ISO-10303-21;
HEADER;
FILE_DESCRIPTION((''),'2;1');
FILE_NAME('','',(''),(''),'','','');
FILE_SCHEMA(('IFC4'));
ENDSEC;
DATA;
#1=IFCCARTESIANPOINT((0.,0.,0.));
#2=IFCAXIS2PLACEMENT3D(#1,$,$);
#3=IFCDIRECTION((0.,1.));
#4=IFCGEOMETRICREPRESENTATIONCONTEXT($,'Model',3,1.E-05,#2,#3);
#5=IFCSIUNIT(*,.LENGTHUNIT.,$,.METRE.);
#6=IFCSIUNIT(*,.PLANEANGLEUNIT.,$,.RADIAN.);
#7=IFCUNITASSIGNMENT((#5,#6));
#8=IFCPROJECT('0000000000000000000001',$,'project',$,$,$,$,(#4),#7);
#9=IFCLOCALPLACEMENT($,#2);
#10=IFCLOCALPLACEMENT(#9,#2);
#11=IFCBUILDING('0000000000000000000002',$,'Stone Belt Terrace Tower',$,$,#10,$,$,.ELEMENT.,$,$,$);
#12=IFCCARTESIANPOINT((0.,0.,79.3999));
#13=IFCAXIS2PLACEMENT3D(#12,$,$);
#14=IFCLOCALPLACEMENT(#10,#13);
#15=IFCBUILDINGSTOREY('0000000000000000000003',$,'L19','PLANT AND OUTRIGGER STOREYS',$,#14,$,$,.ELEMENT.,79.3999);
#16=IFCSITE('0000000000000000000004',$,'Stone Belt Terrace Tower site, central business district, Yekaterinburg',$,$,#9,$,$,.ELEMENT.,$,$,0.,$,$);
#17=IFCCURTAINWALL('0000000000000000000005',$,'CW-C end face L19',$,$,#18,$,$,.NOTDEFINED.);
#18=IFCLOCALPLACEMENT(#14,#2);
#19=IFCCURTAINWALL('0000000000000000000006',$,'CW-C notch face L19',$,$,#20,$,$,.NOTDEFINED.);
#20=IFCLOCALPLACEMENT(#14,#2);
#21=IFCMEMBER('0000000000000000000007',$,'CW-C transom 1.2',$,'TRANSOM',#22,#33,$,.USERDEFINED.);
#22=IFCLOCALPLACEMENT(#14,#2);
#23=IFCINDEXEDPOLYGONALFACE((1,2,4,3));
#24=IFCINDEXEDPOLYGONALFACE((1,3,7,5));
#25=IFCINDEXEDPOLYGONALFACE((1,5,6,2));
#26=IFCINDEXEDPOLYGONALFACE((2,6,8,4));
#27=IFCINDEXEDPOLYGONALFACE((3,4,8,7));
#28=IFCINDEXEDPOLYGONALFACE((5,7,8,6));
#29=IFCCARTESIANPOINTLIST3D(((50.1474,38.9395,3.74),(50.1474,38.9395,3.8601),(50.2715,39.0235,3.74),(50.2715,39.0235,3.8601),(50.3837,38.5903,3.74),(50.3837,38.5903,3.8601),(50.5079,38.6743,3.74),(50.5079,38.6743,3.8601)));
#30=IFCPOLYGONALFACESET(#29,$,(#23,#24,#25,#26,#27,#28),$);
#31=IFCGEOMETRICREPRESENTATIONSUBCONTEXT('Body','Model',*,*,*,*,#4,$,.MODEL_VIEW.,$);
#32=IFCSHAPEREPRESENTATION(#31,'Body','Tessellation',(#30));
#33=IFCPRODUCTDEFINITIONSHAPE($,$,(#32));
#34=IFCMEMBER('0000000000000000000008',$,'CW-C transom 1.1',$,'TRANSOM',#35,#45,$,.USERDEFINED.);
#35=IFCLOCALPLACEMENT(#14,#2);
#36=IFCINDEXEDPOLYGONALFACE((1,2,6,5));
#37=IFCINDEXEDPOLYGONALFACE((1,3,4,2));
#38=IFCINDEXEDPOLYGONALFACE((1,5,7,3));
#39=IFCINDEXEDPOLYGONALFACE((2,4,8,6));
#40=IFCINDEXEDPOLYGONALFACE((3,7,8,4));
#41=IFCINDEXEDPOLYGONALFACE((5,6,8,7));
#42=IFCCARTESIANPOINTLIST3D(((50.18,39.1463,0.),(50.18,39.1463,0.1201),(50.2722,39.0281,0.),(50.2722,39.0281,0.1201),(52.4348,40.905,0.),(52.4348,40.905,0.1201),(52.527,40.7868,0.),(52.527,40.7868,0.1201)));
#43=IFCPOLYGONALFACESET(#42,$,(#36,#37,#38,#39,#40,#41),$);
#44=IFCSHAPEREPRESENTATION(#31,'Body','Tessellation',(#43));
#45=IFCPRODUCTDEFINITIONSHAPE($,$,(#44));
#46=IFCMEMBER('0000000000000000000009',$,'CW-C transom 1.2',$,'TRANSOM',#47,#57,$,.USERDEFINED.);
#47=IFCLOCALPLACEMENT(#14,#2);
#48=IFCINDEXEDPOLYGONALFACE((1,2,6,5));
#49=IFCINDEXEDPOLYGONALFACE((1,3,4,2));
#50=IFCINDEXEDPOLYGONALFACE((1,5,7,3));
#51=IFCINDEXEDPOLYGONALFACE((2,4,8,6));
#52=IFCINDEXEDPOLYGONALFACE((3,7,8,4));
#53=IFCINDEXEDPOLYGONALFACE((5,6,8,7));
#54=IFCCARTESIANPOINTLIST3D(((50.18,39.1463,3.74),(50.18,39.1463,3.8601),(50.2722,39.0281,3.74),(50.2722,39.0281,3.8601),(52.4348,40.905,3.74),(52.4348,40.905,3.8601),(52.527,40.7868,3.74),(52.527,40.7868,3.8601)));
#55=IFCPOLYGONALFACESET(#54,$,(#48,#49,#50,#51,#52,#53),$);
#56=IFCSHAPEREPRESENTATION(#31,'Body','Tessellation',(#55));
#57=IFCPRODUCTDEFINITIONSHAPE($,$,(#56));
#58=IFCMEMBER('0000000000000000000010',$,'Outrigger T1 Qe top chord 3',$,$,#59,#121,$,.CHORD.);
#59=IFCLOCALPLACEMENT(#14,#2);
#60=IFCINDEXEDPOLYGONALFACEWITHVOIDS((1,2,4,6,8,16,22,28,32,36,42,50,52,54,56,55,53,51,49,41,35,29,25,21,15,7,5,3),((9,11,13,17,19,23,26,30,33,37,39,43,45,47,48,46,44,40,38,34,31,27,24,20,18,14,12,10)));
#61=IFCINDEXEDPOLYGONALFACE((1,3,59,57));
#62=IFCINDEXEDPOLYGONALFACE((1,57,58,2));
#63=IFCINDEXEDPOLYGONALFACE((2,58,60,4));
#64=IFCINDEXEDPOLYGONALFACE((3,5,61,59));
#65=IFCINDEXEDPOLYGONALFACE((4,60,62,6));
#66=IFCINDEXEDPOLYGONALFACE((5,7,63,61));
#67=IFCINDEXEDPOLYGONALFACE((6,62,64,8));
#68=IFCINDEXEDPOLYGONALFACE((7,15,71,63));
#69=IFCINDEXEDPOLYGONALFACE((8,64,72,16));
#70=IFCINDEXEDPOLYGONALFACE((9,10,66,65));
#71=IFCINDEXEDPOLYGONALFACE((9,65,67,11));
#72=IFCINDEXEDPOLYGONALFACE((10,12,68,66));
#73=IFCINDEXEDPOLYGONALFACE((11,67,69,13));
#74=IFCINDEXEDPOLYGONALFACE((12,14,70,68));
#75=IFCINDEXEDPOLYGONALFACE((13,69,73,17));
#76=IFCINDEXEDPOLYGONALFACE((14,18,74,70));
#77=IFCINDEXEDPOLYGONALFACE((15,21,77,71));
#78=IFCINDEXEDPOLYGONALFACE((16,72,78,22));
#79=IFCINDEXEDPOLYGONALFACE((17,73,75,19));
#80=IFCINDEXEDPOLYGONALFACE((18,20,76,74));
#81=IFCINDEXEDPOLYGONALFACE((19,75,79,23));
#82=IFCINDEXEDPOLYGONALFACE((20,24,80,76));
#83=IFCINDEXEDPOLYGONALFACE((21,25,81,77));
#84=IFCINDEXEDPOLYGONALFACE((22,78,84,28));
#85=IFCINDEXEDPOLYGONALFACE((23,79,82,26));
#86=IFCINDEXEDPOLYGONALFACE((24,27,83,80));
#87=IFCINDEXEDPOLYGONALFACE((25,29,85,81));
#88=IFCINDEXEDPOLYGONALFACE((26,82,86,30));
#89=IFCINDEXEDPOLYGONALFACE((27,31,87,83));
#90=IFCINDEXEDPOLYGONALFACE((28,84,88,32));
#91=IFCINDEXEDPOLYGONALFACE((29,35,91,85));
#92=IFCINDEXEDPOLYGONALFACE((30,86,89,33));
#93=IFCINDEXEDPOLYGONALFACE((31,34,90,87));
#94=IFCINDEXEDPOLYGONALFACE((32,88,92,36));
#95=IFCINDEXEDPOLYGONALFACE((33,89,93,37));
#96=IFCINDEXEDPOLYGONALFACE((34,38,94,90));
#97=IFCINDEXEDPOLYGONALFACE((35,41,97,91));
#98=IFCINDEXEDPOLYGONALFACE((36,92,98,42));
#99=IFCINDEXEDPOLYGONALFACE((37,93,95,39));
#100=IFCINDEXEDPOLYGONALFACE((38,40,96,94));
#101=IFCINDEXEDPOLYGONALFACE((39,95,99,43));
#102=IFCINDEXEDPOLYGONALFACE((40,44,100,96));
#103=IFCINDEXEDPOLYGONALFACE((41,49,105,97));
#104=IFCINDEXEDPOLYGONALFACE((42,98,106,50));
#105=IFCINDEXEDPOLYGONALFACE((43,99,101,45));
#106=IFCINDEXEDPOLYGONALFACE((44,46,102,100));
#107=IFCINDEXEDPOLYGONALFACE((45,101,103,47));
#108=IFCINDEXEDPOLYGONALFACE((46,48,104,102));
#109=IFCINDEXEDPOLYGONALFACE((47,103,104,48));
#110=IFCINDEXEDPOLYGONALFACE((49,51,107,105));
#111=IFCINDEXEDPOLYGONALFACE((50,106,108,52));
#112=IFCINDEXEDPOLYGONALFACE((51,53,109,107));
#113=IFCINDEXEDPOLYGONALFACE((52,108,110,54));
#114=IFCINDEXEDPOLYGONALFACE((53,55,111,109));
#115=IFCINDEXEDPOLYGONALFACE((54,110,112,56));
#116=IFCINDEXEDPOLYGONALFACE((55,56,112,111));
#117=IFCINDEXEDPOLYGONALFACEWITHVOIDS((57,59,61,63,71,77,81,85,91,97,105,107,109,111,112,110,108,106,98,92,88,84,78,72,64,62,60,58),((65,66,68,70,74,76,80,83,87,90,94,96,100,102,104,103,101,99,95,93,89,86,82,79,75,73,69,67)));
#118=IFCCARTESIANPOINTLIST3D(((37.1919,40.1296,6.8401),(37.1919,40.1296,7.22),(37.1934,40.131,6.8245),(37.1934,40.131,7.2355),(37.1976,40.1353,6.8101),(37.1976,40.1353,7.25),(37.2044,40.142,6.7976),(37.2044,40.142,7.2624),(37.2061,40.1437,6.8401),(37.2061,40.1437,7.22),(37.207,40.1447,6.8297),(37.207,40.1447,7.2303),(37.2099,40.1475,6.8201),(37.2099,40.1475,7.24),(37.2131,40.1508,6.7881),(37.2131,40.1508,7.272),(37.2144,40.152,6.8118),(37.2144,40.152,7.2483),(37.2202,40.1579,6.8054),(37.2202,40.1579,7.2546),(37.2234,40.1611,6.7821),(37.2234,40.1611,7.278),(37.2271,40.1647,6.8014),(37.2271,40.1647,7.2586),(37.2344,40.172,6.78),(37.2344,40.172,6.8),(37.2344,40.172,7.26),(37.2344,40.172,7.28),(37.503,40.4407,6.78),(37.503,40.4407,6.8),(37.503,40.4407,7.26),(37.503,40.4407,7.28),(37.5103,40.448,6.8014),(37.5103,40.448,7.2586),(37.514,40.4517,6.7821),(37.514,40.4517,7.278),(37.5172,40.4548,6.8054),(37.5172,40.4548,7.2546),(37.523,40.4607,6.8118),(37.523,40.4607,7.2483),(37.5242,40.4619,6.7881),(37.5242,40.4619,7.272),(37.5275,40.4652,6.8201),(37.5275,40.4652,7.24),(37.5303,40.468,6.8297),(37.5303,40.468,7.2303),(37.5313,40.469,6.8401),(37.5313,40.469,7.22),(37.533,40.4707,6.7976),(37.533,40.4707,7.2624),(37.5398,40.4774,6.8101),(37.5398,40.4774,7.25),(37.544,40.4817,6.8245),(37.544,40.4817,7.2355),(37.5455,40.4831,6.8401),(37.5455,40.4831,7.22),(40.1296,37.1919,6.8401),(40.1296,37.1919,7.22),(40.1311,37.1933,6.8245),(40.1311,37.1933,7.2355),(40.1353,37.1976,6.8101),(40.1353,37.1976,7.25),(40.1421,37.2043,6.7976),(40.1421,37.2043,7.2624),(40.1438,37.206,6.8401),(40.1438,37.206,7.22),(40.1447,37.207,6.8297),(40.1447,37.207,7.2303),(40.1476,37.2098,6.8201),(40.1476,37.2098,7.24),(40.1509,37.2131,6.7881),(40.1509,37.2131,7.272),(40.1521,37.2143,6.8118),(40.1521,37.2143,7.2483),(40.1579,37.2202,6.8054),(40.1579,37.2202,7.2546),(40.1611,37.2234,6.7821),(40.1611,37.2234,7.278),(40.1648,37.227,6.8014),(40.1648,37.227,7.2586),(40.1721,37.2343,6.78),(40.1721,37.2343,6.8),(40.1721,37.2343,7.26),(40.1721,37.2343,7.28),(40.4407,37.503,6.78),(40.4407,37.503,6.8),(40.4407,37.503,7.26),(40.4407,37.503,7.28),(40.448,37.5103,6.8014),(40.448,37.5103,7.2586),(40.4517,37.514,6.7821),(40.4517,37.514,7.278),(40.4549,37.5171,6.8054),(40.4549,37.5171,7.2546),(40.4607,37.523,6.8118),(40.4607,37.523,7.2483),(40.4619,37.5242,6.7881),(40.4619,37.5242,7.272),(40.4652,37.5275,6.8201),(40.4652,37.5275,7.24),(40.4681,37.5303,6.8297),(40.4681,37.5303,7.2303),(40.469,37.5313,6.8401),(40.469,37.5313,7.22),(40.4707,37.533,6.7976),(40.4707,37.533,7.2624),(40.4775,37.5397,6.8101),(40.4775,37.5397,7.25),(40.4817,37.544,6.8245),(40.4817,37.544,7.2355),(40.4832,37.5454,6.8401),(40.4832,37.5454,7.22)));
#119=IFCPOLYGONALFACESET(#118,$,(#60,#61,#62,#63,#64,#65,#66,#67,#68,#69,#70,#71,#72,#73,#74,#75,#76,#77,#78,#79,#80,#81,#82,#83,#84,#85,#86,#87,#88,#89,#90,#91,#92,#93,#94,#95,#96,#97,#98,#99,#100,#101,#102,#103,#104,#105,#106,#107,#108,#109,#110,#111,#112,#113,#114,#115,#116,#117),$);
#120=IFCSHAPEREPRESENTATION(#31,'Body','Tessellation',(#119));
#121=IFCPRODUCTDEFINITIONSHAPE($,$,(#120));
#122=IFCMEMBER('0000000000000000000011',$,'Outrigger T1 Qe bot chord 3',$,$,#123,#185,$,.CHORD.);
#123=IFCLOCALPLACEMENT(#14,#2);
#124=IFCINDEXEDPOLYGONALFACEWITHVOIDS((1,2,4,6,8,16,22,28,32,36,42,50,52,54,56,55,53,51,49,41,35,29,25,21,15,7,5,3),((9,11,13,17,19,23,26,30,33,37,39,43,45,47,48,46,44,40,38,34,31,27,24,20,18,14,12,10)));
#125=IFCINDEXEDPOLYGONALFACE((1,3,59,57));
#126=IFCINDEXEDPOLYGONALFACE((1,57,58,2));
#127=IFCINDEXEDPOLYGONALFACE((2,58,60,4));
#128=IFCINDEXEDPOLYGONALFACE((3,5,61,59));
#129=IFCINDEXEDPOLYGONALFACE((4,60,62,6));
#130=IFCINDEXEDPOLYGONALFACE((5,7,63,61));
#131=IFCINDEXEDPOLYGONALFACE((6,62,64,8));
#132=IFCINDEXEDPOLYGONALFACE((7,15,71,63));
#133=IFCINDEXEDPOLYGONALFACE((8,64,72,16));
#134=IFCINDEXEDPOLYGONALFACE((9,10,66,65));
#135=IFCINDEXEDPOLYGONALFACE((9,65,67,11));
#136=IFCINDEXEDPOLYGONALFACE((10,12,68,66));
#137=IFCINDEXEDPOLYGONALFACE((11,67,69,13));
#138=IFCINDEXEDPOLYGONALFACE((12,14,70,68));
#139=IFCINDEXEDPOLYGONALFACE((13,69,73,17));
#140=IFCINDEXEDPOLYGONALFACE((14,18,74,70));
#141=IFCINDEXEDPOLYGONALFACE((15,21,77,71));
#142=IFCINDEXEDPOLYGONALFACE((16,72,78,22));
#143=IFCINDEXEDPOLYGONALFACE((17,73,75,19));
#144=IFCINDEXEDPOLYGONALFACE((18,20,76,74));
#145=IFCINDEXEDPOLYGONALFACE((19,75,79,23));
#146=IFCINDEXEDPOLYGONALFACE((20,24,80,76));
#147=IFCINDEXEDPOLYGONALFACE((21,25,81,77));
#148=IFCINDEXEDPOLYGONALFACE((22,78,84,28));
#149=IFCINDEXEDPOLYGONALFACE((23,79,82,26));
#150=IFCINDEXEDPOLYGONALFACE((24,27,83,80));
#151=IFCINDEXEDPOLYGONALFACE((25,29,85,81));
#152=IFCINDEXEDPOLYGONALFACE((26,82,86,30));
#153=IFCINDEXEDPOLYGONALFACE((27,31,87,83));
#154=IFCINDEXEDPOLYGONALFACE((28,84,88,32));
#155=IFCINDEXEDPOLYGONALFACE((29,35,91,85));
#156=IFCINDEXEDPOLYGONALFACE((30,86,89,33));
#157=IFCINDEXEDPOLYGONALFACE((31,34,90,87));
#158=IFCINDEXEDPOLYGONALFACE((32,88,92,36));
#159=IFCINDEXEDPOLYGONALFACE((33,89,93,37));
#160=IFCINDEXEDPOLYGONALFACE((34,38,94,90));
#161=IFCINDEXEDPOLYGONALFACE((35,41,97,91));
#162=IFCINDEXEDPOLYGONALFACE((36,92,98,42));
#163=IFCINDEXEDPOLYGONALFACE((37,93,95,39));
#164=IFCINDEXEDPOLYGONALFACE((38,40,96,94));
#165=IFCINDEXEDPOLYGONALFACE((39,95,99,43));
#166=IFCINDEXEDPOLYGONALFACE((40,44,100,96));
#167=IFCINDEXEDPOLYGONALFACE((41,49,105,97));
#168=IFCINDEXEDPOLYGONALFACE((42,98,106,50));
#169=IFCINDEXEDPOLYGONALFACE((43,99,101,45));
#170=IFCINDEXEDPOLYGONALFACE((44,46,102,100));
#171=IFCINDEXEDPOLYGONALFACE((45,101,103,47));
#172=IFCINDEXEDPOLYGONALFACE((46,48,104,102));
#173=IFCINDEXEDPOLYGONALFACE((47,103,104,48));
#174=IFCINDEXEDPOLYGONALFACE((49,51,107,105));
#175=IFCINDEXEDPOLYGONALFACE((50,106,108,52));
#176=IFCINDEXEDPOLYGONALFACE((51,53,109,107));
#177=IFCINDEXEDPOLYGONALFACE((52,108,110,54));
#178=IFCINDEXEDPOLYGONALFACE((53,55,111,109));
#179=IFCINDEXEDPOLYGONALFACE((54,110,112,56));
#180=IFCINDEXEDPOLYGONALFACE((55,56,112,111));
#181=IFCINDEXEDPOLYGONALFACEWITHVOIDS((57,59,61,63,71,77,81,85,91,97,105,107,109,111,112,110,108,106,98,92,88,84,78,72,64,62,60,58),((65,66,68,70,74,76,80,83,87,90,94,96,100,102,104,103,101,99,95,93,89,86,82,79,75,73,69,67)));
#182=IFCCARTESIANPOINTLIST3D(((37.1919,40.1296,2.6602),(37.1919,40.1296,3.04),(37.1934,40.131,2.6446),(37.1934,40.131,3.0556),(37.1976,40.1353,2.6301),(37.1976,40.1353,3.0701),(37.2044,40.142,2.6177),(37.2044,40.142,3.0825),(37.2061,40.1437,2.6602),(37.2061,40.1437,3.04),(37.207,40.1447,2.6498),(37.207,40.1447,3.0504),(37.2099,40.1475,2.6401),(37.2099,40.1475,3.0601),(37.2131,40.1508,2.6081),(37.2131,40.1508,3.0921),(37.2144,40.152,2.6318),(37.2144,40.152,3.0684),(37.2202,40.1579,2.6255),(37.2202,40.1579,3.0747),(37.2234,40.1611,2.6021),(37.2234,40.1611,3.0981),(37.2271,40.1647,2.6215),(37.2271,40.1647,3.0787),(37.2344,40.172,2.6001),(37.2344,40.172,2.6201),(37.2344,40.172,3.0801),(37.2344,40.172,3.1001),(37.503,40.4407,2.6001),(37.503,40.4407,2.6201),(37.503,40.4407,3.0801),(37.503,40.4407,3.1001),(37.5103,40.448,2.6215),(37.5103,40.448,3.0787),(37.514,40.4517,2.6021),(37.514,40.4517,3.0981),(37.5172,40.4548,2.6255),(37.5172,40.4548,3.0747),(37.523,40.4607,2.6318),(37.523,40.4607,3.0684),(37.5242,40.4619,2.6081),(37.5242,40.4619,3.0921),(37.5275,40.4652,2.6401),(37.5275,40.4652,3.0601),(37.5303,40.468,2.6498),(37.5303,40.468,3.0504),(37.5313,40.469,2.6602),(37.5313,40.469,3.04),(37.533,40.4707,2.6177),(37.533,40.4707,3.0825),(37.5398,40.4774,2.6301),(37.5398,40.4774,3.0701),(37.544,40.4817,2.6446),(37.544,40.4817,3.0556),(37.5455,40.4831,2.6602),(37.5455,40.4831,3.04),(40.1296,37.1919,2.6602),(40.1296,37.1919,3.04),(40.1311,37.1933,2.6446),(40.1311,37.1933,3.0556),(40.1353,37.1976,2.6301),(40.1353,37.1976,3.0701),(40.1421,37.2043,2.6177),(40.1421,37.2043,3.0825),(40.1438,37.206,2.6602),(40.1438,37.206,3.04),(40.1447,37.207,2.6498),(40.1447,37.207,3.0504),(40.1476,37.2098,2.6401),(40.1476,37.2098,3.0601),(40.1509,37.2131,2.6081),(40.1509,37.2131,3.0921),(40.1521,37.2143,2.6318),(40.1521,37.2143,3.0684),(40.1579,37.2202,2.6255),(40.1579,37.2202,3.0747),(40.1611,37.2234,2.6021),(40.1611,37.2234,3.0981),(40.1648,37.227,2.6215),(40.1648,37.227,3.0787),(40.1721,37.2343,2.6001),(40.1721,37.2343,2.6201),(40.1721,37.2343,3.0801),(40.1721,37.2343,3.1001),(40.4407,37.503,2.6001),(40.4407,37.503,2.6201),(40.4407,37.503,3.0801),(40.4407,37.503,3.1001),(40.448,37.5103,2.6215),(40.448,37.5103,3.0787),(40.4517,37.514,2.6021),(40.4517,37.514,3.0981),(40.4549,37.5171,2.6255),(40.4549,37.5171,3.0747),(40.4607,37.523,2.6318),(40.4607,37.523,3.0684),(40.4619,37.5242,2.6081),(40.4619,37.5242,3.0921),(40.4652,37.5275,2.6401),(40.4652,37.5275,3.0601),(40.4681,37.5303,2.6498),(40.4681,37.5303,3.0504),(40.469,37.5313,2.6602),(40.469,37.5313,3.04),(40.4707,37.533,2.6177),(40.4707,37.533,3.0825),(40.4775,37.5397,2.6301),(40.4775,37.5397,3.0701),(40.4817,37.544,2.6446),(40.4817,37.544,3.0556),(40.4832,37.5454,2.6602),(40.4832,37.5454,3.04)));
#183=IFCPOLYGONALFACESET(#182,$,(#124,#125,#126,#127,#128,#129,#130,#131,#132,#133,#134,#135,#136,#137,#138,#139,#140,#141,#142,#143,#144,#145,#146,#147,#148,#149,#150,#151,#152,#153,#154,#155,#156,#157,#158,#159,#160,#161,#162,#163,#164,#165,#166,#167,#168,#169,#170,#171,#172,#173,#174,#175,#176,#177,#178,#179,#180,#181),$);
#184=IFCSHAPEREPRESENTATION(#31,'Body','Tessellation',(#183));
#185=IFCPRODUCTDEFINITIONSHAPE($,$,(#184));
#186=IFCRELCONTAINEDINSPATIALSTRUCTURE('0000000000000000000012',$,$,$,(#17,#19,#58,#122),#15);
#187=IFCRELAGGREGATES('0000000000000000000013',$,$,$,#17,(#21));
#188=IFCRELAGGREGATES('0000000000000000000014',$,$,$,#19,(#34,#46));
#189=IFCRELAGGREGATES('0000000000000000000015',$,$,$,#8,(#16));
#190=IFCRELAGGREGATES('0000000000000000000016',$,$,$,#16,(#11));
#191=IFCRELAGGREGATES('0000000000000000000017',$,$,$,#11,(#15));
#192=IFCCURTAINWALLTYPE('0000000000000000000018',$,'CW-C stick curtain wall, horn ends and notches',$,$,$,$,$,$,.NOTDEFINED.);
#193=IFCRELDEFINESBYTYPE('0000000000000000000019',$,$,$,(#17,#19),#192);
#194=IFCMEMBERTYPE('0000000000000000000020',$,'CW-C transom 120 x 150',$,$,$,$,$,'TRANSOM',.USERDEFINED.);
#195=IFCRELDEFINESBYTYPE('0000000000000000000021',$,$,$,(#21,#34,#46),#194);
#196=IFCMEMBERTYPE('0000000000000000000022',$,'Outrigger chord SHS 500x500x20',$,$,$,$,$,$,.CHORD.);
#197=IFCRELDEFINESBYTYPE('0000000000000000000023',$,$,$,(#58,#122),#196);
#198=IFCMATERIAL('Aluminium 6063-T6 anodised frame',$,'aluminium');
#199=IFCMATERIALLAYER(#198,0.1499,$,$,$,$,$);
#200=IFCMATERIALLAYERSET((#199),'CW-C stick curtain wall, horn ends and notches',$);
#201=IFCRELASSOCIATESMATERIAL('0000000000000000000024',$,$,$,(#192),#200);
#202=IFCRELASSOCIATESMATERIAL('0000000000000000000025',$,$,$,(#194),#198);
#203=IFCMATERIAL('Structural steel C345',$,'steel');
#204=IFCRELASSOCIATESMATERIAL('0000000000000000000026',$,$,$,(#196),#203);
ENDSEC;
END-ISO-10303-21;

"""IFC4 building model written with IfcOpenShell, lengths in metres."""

from ifc_helpers import new_model, si_unit, direction, frame, origin, origin_2d, place, context, subcontext, project, spatial, rectangle, hollow_rectangle, extrude, material, layer, layer_set, material_profile, profile_set, type_object, element, aggregate, save


model = new_model("IFC4")

# Units and contexts
model_context = context("Model", 3, precision=1e-05, world=origin(), true_north=direction((0.0, 1.0)))
body_context = subcontext(model_context, "Body", "Model", "MODEL_VIEW")
ifc_project = project(units=[si_unit("LENGTHUNIT", "METRE"), si_unit("PLANEANGLEUNIT", "RADIAN")], contexts=[model_context])

# Site, building, storey
site_placement = place(None, origin())
site = spatial("IfcSite", under=ifc_project, at=site_placement, Name="Stone Belt Terrace Tower site, central business district, Yekaterinburg", CompositionType="ELEMENT", RefElevation=0.0)
building_placement = place(site_placement, origin())
building = spatial("IfcBuilding", under=site, at=building_placement, Name="Stone Belt Terrace Tower", CompositionType="ELEMENT")
storey_placement = place(building_placement, frame((0.0, 0.0, 79.3999)))
storey = spatial("IfcBuildingStorey", under=building, at=storey_placement, Name="L19", Description="PLANT AND OUTRIGGER STOREYS", CompositionType="ELEMENT", Elevation=79.3999)

# Shared definitions
ifc_material_1 = material(Name="Aluminium 6063-T6 anodised frame", Category="aluminium")

# Curtain walls
ifc_layer_1 = layer(ifc_material_1, 0.1499)
ifc_layer_set_1 = layer_set([ifc_layer_1], Name="CW-C stick curtain wall, horn ends and notches")
curtain_wall_type_1 = type_object("IfcCurtainWallType", Name="CW-C stick curtain wall, horn ends and notches", PredefinedType="NOTDEFINED", material=ifc_layer_set_1)
curtain_wall_1_placement = place(storey_placement, origin())
curtain_wall_1 = element("IfcCurtainWall", 1, at=curtain_wall_1_placement, inside=storey, type_object=curtain_wall_type_1, Name="CW-C end face L19", PredefinedType="NOTDEFINED")
curtain_wall_2_placement = place(storey_placement, origin())
curtain_wall_2 = element("IfcCurtainWall", 2, at=curtain_wall_2_placement, inside=storey, type_object=curtain_wall_type_1, Name="CW-C notch face L19", PredefinedType="NOTDEFINED")

# Members
ifc_material_profile_1 = material_profile(ifc_material_1, rectangle(XDim=0.1499, YDim=0.1201, at=origin_2d()), Name="Aluminium 6063-T6 150x120")
ifc_profile_set_1 = profile_set([ifc_material_profile_1], Name="Aluminium 6063-T6 anodised frame")
member_type_1 = type_object("IfcMemberType", Name="CW-C transom 120 x 150", ElementType="TRANSOM", PredefinedType="USERDEFINED", material=ifc_profile_set_1)
member_1_placement = place(storey_placement, frame((50.4458, 38.6323, 3.8), z_axis=(-0.560566, 0.828109, 0.0), x_axis=(-0.828109, -0.560566, 0.0)))
member_1 = element("IfcMember", 3, at=member_1_placement, type_object=member_type_1, Name="CW-C transom 1.2", ObjectType="TRANSOM", PredefinedType="USERDEFINED", context=body_context, shape_type="SweptSolid", body=[
    extrude(rectangle(XDim=0.1499, YDim=0.1201, at=origin_2d()), origin(), (0.0, 0.0, 1.0), 0.4216),
])
member_2_placement = place(storey_placement, frame((50.2261, 39.0872, 0.0601), z_axis=(0.788506, 0.615028, 0.0), x_axis=(-0.615028, 0.788506, 0.0)))
member_2 = element("IfcMember", 4, at=member_2_placement, type_object=member_type_1, Name="CW-C transom 1.1", ObjectType="TRANSOM", PredefinedType="USERDEFINED", context=body_context, shape_type="SweptSolid", body=[
    extrude(rectangle(XDim=0.1499, YDim=0.1201, at=origin_2d()), origin(), (0.0, 0.0, 1.0), 2.8596),
])
member_3_placement = place(storey_placement, frame((50.2261, 39.0872, 3.8), z_axis=(0.788506, 0.615028, 0.0), x_axis=(-0.615028, 0.788506, 0.0)))
member_3 = element("IfcMember", 5, at=member_3_placement, type_object=member_type_1, Name="CW-C transom 1.2", ObjectType="TRANSOM", PredefinedType="USERDEFINED", context=body_context, shape_type="SweptSolid", body=[
    extrude(rectangle(XDim=0.1499, YDim=0.1201, at=origin_2d()), origin(), (0.0, 0.0, 1.0), 2.8596),
])

# Members
ifc_material_2 = material(Name="Structural steel C345", Category="steel")
ifc_material_profile_2 = material_profile(ifc_material_2, hollow_rectangle(XDim=0.5, YDim=0.5, WallThickness=0.02, InnerFilletRadius=0.04, OuterFilletRadius=0.0601, at=origin_2d()), Name="SHS 500x500x20")
ifc_profile_set_2 = profile_set([ifc_material_profile_2], Name="Structural steel C345")
member_type_2 = type_object("IfcMemberType", Name="Outrigger chord SHS 500x500x20", PredefinedType="CHORD", material=ifc_profile_set_2)
for number, where, z_axis, x_axis, name in (
    (6, (40.3064, 37.3687, 7.03), (-0.707107, 0.707107, 0.0), (-0.707107, -0.707107, 0.0), "Outrigger T1 Qe top chord 3"),
    (7, (40.3064, 37.3687, 2.8501), (-0.707107, 0.707107, 0.0), (-0.707107, -0.707107, 0.0), "Outrigger T1 Qe bot chord 3"),
):
    element("IfcMember", number, at=place(storey_placement, frame(where, z_axis=z_axis, x_axis=x_axis)), inside=storey, type_object=member_type_2, Name=name, PredefinedType="CHORD", context=body_context, shape_type="SweptSolid", body=[
        extrude(hollow_rectangle(XDim=0.5, YDim=0.5, WallThickness=0.02, InnerFilletRadius=0.04, OuterFilletRadius=0.0601, at=origin_2d()), origin(), (0.0, 0.0, 1.0), 4.1545),
    ])

aggregate(curtain_wall_1, [member_1])
aggregate(curtain_wall_2, [member_2, member_3])

save(model, "model.ifc")
